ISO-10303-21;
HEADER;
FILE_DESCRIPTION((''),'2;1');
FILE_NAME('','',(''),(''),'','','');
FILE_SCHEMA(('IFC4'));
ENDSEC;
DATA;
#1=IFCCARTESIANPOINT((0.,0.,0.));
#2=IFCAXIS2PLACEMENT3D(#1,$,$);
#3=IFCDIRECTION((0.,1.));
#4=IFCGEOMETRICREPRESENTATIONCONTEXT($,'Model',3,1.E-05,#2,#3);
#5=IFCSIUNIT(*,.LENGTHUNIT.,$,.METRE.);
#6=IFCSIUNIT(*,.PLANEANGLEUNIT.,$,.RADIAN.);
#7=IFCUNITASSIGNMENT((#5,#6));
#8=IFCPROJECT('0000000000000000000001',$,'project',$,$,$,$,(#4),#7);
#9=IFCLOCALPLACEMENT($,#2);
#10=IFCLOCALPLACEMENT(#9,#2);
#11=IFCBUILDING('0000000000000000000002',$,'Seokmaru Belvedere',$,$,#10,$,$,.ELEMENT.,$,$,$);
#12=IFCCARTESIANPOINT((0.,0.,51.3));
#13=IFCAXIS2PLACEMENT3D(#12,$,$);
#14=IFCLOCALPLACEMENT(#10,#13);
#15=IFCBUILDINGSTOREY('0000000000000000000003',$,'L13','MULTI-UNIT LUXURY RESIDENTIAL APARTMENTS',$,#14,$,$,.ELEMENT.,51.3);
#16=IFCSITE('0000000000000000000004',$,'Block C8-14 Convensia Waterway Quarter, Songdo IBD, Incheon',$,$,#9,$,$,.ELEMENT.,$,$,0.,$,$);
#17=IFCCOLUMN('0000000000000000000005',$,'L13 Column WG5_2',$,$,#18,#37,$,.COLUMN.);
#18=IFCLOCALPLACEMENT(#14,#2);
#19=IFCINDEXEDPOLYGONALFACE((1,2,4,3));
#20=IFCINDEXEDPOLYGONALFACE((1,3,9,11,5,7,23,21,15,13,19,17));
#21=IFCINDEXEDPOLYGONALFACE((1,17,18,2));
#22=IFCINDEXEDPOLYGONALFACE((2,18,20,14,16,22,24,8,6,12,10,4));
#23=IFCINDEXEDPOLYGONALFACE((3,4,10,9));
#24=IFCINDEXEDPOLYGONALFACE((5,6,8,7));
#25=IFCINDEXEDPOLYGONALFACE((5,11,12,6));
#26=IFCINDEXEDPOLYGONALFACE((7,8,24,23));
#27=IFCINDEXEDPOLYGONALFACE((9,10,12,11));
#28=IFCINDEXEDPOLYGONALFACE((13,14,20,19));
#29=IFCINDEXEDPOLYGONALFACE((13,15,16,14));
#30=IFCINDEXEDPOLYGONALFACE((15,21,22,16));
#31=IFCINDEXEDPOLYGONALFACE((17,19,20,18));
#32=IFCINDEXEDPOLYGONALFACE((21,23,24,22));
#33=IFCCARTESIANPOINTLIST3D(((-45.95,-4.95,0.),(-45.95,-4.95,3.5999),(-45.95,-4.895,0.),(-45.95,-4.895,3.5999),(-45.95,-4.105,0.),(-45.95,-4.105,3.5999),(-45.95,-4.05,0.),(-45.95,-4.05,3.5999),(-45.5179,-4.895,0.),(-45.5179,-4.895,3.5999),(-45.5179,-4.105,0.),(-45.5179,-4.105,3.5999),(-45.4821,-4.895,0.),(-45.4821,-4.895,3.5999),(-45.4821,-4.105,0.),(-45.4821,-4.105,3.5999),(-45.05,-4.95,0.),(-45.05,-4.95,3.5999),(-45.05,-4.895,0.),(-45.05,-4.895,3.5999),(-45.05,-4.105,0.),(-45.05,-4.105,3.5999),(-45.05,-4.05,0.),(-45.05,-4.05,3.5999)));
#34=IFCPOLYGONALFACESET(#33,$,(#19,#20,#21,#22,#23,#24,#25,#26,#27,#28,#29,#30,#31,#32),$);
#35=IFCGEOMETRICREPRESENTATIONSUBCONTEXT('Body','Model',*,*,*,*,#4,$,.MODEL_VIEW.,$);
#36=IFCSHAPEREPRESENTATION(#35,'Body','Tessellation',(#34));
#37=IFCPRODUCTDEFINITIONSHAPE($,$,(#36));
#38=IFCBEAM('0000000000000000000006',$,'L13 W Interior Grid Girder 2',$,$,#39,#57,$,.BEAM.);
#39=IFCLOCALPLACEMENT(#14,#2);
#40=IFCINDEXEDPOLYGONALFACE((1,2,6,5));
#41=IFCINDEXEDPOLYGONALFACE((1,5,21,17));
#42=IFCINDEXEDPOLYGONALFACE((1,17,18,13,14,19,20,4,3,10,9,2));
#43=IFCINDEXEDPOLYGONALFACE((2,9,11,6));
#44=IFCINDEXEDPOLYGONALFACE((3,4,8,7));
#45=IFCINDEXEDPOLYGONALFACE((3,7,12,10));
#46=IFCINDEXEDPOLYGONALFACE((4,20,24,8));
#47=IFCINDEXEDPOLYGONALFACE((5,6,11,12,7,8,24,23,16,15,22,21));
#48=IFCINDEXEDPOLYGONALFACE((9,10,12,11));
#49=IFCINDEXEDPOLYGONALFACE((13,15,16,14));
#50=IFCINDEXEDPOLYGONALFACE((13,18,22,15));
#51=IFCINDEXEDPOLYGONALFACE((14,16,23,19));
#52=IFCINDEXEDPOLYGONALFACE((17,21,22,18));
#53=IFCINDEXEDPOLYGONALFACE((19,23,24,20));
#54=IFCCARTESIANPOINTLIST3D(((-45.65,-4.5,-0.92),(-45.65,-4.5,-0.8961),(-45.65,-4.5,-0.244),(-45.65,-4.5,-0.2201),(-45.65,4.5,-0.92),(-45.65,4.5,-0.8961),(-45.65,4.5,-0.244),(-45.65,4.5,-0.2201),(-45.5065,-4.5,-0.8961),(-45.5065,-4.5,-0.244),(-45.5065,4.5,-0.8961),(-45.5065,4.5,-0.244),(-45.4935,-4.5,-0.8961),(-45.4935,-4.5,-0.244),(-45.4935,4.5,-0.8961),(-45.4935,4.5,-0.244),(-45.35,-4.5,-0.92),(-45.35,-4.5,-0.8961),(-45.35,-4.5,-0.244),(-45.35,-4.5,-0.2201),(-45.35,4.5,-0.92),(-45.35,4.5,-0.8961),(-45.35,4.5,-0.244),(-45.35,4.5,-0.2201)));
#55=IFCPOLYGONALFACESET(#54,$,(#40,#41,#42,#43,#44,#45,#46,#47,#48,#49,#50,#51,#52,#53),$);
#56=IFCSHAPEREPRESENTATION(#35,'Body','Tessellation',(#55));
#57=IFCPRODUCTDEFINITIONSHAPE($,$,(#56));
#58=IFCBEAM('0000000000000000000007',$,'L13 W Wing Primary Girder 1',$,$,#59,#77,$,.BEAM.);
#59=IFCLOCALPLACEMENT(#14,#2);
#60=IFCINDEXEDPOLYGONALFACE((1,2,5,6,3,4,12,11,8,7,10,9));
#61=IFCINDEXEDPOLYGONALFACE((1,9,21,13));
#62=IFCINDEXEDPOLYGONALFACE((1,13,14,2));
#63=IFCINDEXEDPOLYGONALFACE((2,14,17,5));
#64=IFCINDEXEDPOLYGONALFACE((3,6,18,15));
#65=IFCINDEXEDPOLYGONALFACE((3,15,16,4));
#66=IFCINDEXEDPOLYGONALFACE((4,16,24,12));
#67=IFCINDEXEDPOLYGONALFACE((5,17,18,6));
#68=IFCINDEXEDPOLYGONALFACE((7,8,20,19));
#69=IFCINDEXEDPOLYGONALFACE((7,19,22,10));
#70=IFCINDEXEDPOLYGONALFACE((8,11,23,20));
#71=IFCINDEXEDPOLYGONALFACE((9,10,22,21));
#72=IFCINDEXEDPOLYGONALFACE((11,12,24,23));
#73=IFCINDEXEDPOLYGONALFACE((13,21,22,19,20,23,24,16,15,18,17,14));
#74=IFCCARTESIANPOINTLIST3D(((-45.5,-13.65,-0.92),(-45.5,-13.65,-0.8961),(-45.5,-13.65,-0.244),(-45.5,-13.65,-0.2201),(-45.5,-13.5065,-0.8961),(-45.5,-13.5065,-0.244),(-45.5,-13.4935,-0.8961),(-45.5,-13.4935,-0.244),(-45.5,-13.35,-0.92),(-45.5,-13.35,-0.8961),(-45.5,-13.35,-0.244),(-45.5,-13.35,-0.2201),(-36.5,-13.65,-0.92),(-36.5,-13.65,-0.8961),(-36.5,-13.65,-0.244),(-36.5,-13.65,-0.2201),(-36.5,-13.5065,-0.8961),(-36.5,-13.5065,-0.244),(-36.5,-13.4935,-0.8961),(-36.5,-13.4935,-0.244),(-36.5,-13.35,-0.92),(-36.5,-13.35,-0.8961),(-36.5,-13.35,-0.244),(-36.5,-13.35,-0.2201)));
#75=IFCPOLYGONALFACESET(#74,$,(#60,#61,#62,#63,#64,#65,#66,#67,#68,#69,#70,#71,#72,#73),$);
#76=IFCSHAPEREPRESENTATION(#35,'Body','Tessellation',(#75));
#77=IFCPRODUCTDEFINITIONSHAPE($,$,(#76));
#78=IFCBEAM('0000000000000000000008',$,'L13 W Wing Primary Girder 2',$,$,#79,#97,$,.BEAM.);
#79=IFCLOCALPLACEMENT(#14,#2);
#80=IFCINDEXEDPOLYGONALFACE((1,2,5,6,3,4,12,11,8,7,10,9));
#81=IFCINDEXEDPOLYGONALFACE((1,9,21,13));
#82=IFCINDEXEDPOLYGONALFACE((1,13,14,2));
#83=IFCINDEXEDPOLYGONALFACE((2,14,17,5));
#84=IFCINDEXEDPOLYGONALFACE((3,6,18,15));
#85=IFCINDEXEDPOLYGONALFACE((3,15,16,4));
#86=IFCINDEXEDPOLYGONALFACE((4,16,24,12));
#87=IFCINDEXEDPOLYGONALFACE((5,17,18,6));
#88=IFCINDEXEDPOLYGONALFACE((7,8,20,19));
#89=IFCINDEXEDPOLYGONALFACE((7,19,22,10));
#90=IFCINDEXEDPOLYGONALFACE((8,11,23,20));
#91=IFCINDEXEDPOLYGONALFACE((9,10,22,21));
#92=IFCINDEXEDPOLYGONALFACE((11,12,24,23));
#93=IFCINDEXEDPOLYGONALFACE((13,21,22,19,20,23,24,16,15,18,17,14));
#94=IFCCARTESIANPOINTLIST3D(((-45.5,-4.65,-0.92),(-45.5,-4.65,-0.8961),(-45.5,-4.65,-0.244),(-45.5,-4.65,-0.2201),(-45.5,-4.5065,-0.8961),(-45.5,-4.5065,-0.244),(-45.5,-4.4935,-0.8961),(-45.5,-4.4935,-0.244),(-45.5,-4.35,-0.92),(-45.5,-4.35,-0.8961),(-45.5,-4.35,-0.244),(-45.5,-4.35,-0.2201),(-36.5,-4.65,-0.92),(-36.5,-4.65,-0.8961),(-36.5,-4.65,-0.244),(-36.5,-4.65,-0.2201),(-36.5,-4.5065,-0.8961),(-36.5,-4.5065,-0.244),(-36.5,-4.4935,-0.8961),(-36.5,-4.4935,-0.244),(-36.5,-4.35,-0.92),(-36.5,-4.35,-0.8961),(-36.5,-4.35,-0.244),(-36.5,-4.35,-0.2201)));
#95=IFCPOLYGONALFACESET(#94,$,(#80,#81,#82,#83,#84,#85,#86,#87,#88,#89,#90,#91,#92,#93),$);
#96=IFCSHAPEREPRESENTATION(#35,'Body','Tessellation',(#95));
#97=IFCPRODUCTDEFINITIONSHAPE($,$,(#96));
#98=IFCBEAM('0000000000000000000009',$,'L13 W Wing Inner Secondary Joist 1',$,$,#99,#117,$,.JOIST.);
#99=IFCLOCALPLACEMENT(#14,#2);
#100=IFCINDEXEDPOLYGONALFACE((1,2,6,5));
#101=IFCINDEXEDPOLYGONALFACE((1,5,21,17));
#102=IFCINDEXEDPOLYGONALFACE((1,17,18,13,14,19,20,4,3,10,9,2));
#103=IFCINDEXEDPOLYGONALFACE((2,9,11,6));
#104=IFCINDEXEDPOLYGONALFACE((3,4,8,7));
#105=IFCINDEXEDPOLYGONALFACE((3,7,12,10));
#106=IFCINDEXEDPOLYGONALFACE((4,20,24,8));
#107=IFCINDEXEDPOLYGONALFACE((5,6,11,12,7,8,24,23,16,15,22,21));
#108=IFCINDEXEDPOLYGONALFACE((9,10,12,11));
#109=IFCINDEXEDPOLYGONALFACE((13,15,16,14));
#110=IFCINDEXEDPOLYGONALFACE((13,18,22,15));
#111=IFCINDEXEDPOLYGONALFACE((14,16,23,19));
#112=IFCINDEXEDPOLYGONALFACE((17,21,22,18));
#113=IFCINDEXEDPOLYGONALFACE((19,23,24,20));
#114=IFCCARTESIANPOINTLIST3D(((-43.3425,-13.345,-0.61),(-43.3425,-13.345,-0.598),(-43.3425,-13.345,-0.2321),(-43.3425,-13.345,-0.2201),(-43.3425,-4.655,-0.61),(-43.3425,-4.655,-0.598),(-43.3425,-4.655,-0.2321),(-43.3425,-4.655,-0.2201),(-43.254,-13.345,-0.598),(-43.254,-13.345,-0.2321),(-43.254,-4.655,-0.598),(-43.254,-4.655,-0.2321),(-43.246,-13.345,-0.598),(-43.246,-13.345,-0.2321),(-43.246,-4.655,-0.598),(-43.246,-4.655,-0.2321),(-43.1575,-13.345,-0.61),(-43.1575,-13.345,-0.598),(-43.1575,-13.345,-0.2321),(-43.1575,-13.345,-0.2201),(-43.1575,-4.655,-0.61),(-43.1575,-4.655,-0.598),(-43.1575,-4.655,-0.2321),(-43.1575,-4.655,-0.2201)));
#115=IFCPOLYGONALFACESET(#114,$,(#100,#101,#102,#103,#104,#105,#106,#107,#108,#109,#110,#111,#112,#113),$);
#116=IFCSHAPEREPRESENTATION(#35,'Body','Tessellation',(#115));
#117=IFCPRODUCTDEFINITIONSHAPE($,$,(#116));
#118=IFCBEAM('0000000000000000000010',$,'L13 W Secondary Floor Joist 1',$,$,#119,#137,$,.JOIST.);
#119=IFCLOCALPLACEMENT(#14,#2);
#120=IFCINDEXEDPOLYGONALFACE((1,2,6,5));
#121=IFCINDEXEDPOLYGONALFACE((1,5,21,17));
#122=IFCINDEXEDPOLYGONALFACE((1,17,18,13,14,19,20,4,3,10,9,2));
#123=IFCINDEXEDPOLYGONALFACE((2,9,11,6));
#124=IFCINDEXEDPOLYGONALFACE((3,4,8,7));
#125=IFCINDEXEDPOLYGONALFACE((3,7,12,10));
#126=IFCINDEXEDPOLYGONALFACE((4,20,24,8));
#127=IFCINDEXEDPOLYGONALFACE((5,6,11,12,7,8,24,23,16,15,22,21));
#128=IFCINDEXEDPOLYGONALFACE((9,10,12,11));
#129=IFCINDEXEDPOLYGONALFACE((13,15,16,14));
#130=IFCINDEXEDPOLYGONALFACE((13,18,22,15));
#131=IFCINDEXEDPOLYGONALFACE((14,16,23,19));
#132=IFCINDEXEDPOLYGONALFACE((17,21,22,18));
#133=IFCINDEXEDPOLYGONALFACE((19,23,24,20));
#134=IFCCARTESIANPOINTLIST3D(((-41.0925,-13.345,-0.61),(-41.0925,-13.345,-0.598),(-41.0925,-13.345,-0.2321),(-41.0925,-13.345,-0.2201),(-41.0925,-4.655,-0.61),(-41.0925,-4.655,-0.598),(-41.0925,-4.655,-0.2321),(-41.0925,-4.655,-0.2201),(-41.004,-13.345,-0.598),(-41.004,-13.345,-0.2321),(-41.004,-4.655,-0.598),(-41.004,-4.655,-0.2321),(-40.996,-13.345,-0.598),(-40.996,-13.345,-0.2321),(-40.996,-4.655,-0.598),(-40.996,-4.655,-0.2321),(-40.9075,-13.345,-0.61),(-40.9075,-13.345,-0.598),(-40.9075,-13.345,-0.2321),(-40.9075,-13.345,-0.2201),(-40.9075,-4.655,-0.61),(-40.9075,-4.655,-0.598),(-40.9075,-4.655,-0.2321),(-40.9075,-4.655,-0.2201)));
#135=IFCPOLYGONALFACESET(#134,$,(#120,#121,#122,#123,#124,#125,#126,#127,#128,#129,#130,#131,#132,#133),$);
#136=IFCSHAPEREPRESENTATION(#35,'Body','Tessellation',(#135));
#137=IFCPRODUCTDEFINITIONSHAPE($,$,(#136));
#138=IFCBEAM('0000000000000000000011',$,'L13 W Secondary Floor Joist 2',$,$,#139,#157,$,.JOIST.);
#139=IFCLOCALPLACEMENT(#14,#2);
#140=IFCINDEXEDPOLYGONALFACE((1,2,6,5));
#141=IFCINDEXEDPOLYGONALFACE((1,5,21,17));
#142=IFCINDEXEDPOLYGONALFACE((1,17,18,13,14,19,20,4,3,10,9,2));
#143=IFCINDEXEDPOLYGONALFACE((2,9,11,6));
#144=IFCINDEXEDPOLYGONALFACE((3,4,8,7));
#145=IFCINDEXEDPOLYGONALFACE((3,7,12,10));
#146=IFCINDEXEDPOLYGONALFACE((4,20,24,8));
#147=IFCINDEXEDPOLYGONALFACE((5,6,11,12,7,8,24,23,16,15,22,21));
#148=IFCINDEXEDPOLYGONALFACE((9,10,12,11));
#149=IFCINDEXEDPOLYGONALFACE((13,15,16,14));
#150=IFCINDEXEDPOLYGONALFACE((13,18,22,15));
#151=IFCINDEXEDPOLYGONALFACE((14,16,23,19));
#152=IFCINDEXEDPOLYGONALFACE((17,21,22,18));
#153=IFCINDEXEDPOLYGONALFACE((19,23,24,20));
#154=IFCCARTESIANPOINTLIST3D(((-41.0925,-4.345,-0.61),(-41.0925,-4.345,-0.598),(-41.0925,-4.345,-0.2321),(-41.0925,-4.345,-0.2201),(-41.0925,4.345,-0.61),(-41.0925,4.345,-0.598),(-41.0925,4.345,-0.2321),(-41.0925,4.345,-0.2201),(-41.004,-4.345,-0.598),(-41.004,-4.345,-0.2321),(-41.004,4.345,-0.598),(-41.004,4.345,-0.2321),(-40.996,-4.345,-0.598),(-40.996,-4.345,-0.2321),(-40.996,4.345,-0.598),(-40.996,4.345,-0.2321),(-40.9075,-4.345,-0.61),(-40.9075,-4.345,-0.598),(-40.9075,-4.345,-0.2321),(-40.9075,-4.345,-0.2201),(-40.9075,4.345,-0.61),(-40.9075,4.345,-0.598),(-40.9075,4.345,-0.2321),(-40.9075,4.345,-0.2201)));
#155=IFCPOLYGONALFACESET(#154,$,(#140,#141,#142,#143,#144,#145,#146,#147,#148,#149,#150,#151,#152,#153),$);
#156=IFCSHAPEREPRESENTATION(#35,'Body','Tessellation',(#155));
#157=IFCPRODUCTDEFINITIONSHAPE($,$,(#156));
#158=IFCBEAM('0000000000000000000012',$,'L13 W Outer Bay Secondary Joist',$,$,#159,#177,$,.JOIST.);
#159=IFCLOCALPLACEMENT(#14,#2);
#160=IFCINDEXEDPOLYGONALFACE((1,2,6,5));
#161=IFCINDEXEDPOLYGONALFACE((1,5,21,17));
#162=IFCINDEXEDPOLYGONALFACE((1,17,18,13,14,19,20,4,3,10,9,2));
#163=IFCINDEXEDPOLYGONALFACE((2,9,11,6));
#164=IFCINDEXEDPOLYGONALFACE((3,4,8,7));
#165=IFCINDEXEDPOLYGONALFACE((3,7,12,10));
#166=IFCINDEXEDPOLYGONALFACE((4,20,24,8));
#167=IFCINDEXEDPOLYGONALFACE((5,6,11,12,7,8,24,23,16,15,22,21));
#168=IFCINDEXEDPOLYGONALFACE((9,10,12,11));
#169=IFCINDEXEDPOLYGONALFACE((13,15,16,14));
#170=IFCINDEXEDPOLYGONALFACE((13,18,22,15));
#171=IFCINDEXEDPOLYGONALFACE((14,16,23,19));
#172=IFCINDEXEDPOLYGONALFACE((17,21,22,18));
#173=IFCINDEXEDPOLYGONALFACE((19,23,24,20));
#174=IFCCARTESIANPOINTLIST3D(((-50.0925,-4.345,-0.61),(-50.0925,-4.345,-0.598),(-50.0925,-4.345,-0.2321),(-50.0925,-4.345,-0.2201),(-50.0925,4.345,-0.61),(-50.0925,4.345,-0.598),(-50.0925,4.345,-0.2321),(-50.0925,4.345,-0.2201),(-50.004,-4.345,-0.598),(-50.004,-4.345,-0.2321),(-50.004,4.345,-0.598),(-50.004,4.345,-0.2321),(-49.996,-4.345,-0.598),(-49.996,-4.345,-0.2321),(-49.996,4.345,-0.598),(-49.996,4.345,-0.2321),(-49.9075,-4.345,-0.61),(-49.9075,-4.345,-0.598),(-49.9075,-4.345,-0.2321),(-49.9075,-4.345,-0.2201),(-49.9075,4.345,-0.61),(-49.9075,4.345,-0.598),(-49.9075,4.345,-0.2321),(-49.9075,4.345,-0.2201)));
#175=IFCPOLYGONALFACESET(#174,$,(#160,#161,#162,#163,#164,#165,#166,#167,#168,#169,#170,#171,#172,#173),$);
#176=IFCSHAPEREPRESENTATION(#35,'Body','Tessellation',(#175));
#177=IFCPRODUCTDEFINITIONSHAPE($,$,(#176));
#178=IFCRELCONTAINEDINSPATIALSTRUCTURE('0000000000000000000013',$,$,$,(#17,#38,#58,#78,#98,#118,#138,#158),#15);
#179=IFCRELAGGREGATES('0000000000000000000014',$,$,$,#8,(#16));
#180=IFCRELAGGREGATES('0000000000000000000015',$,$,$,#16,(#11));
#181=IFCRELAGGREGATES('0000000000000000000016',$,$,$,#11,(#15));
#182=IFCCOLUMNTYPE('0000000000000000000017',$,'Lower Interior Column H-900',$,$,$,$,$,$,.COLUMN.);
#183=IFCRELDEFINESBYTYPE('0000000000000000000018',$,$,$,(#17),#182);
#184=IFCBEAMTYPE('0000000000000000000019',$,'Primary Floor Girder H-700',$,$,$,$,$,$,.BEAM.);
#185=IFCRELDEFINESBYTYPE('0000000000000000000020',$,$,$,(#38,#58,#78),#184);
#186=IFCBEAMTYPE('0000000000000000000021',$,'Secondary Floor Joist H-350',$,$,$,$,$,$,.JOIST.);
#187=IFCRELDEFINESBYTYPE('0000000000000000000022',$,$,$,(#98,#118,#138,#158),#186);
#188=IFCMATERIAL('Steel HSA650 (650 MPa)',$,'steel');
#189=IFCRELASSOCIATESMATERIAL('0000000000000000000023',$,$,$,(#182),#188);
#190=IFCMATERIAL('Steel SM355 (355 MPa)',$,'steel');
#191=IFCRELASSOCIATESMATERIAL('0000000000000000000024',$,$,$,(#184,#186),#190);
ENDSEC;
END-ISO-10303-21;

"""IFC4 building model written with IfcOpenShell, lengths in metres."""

from ifc_helpers import new_model, si_unit, direction, frame, origin, origin_2d, place, context, subcontext, project, spatial, i_section, extrude, source, transform, mapped, material, material_profile, profile_set, type_object, type_shapes, element, save


model = new_model("IFC4")

# Units and contexts
model_context = context("Model", 3, precision=1e-05, world=origin(), true_north=direction((0.0, 1.0)))
body_context = subcontext(model_context, "Body", "Model", "MODEL_VIEW")
ifc_project = project(units=[si_unit("LENGTHUNIT", "METRE"), si_unit("PLANEANGLEUNIT", "RADIAN")], contexts=[model_context])

# Site, building, storey
site_placement = place(None, origin())
site = spatial("IfcSite", under=ifc_project, at=site_placement, Name="Block C8-14 Convensia Waterway Quarter, Songdo IBD, Incheon", CompositionType="ELEMENT", RefElevation=0.0)
building_placement = place(site_placement, origin())
building = spatial("IfcBuilding", under=site, at=building_placement, Name="Seokmaru Belvedere", CompositionType="ELEMENT")
storey_placement = place(building_placement, frame((0.0, 0.0, 51.3)))
storey = spatial("IfcBuildingStorey", under=building, at=storey_placement, Name="L13", Description="MULTI-UNIT LUXURY RESIDENTIAL APARTMENTS", CompositionType="ELEMENT", Elevation=51.3)

# Column
ifc_material_1 = material(Name="Steel HSA650 (650 MPa)", Category="steel")
ifc_material_profile_1 = material_profile(ifc_material_1, i_section(OverallWidth=0.8999, OverallDepth=0.8999, WebThickness=0.0359, FlangeThickness=0.0549, at=origin_2d()), Name="H-900x900x36x55")
ifc_profile_set_1 = profile_set([ifc_material_profile_1], Name="Steel HSA650 (650 MPa)")
column_type = type_object("IfcColumnType", Name="Lower Interior Column H-900", PredefinedType="COLUMN", material=ifc_profile_set_1)
shared_shape_1 = source(origin(), body_context, "Body", "SweptSolid", [
    extrude(i_section(OverallWidth=0.8999, OverallDepth=0.8999, WebThickness=0.0359, FlangeThickness=0.0549, at=origin_2d()), origin(), (0.0, 0.0, 1.0), 3.5999),
])
type_shapes(column_type, [shared_shape_1])
column_placement = place(storey_placement, frame((-45.5, -4.5, 0.0), z_axis=(0.0, 0.0, 1.0), x_axis=(1.0, 0.0, 0.0)))
element("IfcColumn", 1, at=column_placement, inside=storey, type_object=column_type, Name="L13 Column WG5_2", PredefinedType="COLUMN", context=body_context, shape_type="MappedRepresentation", body=[
    mapped(shared_shape_1, transform((0.0, 0.0, 0.0), scale=1.0)),
])

# Beams
ifc_material_2 = material(Name="Steel SM355 (355 MPa)", Category="steel")
ifc_material_profile_2 = material_profile(ifc_material_2, i_section(OverallWidth=0.3, OverallDepth=0.7, WebThickness=0.0129, FlangeThickness=0.0239, at=origin_2d()), Name="H-700x300x13x24")
ifc_profile_set_2 = profile_set([ifc_material_profile_2], Name="Steel SM355 (355 MPa)")
beam_type_1 = type_object("IfcBeamType", Name="Primary Floor Girder H-700", PredefinedType="BEAM", material=ifc_profile_set_2)
shared_shape_2 = source(origin(), body_context, "Body", "SweptSolid", [
    extrude(i_section(OverallWidth=0.3, OverallDepth=0.7, WebThickness=0.0129, FlangeThickness=0.0239, at=origin_2d()), origin(), (0.0, 0.0, 1.0), 9.0),
])
type_shapes(beam_type_1, [shared_shape_2])
for number, where, z_axis, x_axis, name in (
    (2, (-45.5, -4.5, -0.5701), (0.0, 1.0, 0.0), (-1.0, 0.0, 0.0), "L13 W Interior Grid Girder 2"),
    (3, (-45.5, -13.5, -0.5701), (1.0, 0.0, 0.0), (0.0, 1.0, 0.0), "L13 W Wing Primary Girder 1"),
    (4, (-45.5, -4.5, -0.5701), (1.0, 0.0, 0.0), (0.0, 1.0, 0.0), "L13 W Wing Primary Girder 2"),
):
    element("IfcBeam", number, at=place(storey_placement, frame(where, z_axis=z_axis, x_axis=x_axis)), inside=storey, type_object=beam_type_1, Name=name, PredefinedType="BEAM", context=body_context, shape_type="MappedRepresentation", body=[
        mapped(shared_shape_2, transform((0.0, 0.0, 0.0), scale=1.0)),
    ])
ifc_material_profile_3 = material_profile(ifc_material_2, i_section(OverallWidth=0.1851, OverallDepth=0.3899, WebThickness=0.0081, FlangeThickness=0.012, at=origin_2d()), Name="H-390x185x8x12")
ifc_profile_set_3 = profile_set([ifc_material_profile_3], Name="Steel SM355 (355 MPa)")
beam_type_2 = type_object("IfcBeamType", Name="Secondary Floor Joist H-350", PredefinedType="JOIST", material=ifc_profile_set_3)
shared_shape_3 = source(origin(), body_context, "Body", "SweptSolid", [
    extrude(i_section(OverallWidth=0.1851, OverallDepth=0.3899, WebThickness=0.0081, FlangeThickness=0.012, at=origin_2d()), origin(), (0.0, 0.0, 1.0), 8.6899),
])
type_shapes(beam_type_2, [shared_shape_3])
for number, where, z_axis, x_axis, name in (
    (5, (-43.25, -13.345, -0.415), (0.0, 1.0, 0.0), (-1.0, 0.0, 0.0), "L13 W Wing Inner Secondary Joist 1"),
    (6, (-41.0, -13.345, -0.415), (0.0, 1.0, 0.0), (-1.0, 0.0, 0.0), "L13 W Secondary Floor Joist 1"),
    (7, (-41.0, -4.345, -0.415), (0.0, 1.0, 0.0), (-1.0, 0.0, 0.0), "L13 W Secondary Floor Joist 2"),
    (8, (-50.0, -4.345, -0.415), (0.0, 1.0, 0.0), (-1.0, 0.0, 0.0), "L13 W Outer Bay Secondary Joist"),
):
    element("IfcBeam", number, at=place(storey_placement, frame(where, z_axis=z_axis, x_axis=x_axis)), inside=storey, type_object=beam_type_2, Name=name, PredefinedType="JOIST", context=body_context, shape_type="MappedRepresentation", body=[
        mapped(shared_shape_3, transform((0.0, 0.0, 0.0), scale=1.0)),
    ])

save(model, "model.ifc")
